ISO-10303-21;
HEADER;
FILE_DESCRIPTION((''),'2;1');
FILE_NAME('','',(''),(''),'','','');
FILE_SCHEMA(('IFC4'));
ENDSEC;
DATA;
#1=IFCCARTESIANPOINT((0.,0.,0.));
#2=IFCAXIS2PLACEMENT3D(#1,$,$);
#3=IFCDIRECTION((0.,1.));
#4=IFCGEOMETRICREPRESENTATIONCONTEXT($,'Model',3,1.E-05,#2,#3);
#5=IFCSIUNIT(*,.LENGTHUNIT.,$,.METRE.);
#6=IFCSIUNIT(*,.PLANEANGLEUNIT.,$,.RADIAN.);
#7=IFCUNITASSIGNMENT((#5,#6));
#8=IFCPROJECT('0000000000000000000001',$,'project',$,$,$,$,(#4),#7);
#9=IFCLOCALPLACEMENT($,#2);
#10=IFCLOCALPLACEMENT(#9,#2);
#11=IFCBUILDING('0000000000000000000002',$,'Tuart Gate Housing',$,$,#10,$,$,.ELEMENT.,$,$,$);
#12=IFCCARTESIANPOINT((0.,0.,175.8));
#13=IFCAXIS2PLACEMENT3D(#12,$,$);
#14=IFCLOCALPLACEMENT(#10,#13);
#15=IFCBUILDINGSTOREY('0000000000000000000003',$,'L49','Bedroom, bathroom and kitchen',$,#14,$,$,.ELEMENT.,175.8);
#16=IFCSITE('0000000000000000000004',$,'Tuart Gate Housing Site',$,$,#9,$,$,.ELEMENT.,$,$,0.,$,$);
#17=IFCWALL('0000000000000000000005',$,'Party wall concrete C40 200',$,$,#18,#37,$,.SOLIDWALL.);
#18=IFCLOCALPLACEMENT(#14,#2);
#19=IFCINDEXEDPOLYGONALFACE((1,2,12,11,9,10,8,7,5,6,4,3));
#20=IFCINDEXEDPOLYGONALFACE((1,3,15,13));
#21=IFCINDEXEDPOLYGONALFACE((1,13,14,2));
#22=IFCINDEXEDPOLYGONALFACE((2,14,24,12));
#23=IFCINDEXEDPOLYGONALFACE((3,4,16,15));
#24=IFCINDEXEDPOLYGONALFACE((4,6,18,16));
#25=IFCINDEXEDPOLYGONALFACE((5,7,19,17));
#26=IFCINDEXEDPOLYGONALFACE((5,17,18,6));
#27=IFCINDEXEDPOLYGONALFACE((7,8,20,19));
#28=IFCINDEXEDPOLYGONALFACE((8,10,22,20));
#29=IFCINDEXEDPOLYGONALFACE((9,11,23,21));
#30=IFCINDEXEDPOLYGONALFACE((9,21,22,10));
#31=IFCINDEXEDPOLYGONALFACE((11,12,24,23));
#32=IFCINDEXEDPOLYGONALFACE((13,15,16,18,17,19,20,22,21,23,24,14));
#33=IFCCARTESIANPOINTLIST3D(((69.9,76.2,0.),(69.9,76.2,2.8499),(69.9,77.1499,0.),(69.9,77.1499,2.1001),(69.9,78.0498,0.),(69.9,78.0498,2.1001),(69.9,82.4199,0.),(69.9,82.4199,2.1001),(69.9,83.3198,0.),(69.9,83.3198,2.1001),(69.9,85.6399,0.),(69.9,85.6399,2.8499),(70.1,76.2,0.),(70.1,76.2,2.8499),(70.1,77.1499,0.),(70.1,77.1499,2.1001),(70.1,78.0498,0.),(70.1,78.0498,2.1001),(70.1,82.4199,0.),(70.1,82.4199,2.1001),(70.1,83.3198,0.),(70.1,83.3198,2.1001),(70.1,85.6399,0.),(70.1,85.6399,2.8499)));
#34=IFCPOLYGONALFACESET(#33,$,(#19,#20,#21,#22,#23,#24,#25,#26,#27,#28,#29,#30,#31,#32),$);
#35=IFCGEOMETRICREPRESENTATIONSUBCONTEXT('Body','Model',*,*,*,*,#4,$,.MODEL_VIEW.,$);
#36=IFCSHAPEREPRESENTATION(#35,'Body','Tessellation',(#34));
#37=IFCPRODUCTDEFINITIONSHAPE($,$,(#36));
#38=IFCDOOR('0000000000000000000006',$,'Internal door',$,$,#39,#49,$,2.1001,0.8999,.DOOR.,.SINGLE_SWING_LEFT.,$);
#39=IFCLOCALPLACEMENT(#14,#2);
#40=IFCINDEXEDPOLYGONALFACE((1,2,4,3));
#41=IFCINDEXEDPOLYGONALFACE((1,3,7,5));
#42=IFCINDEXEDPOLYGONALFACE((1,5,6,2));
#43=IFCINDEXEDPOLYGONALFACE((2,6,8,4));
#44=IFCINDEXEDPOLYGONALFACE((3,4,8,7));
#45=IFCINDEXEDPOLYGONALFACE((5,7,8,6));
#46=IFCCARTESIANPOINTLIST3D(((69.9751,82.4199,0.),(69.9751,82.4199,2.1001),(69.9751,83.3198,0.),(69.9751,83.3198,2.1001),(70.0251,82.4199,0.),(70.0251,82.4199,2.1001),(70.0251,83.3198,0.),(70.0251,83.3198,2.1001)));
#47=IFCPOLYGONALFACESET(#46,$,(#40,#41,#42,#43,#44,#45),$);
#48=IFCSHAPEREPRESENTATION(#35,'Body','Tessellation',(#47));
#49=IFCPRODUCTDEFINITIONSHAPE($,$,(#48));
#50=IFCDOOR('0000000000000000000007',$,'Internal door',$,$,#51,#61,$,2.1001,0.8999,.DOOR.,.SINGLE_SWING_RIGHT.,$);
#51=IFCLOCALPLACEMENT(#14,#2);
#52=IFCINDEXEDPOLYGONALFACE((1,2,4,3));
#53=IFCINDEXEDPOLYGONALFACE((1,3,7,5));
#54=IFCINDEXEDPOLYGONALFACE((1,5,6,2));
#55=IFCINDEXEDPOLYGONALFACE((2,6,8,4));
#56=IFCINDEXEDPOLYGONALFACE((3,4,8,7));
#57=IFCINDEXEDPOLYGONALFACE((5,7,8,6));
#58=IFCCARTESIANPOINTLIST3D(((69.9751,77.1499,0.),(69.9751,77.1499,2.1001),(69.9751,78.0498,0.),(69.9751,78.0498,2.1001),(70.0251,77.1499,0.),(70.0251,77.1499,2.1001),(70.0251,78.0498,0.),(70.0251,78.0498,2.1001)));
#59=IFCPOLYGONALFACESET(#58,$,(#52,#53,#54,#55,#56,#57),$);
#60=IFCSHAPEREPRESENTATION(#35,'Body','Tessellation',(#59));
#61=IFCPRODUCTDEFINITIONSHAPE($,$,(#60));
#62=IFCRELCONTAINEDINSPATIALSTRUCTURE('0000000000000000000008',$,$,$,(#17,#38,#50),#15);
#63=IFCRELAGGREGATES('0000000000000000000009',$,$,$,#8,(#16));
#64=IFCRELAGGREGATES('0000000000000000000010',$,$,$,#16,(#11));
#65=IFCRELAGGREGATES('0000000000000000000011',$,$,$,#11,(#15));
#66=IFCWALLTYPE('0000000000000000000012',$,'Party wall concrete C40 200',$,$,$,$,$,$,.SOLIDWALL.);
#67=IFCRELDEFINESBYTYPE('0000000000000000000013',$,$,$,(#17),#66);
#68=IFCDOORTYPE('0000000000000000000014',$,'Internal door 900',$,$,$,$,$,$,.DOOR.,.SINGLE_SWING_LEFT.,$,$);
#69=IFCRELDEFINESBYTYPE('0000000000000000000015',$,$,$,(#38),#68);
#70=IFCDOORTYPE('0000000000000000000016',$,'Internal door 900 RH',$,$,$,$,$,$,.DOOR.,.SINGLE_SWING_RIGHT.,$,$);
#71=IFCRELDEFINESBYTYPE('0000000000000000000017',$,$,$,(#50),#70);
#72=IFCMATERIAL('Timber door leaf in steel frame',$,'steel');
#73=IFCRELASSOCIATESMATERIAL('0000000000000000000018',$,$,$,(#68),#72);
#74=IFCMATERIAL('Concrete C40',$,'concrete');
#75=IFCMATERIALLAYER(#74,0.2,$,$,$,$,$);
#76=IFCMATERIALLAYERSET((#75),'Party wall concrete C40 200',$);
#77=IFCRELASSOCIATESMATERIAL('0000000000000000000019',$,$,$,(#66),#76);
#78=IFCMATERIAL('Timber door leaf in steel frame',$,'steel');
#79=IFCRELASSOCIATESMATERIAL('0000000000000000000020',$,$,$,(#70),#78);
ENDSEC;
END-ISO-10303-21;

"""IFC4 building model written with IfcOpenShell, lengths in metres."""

from ifc_helpers import new_model, si_unit, direction, frame, frame_2d, origin, place, context, subcontext, project, spatial, rectangle, extrude, material, layer, layer_set, type_object, element, fill, save


model = new_model("IFC4")

# Units and contexts
model_context = context("Model", 3, precision=1e-05, world=origin(), true_north=direction((0.0, 1.0)))
body_context = subcontext(model_context, "Body", "Model", "MODEL_VIEW")
ifc_project = project(units=[si_unit("LENGTHUNIT", "METRE"), si_unit("PLANEANGLEUNIT", "RADIAN")], contexts=[model_context])

# Site, building, storey
site_placement = place(None, origin())
site = spatial("IfcSite", under=ifc_project, at=site_placement, Name="Tuart Gate Housing Site", CompositionType="ELEMENT", RefElevation=0.0)
building_placement = place(site_placement, origin())
building = spatial("IfcBuilding", under=site, at=building_placement, Name="Tuart Gate Housing", CompositionType="ELEMENT")
storey_placement = place(building_placement, frame((0.0, 0.0, 175.8)))
storey = spatial("IfcBuildingStorey", under=building, at=storey_placement, Name="L49", Description="Bedroom, bathroom and kitchen", CompositionType="ELEMENT", Elevation=175.8)

# Shared definitions
ifc_material_1 = material(Name="Timber door leaf in steel frame", Category="steel")
door_type_1 = type_object("IfcDoorType", Name="Internal door 900", OperationType="SINGLE_SWING_LEFT", PredefinedType="DOOR", material=ifc_material_1)

# Shared definitions
ifc_material_2 = material(Name="Concrete C40", Category="concrete")
ifc_layer_1 = layer(ifc_material_2, 0.2)
ifc_layer_set_1 = layer_set([ifc_layer_1], Name="Party wall concrete C40 200")
wall_type_1 = type_object("IfcWallType", Name="Party wall concrete C40 200", PredefinedType="SOLIDWALL", material=ifc_layer_set_1)

# Wall, openings, doors
wall_1_placement = place(storey_placement, frame((70.0, 76.2, 0.0), z_axis=(0.0, 0.0, 1.0), x_axis=(0.0, 1.0, 0.0)))
wall_1 = element("IfcWall", 1, at=wall_1_placement, inside=storey, type_object=wall_type_1, Name="Party wall concrete C40 200", PredefinedType="SOLIDWALL", context=body_context, shape_type="SweptSolid", body=[
    extrude(rectangle(XDim=9.4399, YDim=0.2, at=frame_2d((4.72, 0.0))), origin(), (0.0, 0.0, 1.0), 2.8499),
])
opening_1_placement = place(wall_1_placement, frame((6.22, 0.0, 0.0)))
opening_1 = element("IfcOpeningElement", 2, at=opening_1_placement, cuts=wall_1, PredefinedType="OPENING", context=body_context, shape_type="SweptSolid", body=[
    extrude(rectangle(XDim=0.8999, YDim=2.1001, at=frame_2d((0.45, 1.05))), frame((0.0, 0.1099, 0.0), z_axis=(0.0, -1.0, 0.0), x_axis=(1.0, 0.0, 0.0)), (0.0, 0.0, 1.0), 0.22),
])
opening_2_placement = place(wall_1_placement, frame((0.95, 0.0, 0.0)))
opening_2 = element("IfcOpeningElement", 3, at=opening_2_placement, cuts=wall_1, PredefinedType="OPENING", context=body_context, shape_type="SweptSolid", body=[
    extrude(rectangle(XDim=0.8999, YDim=2.1001, at=frame_2d((0.45, 1.05))), frame((0.0, 0.1099, 0.0), z_axis=(0.0, -1.0, 0.0), x_axis=(1.0, 0.0, 0.0)), (0.0, 0.0, 1.0), 0.22),
])
door_1_placement = place(opening_1_placement, frame((0.8999, 0.0, 0.0), z_axis=(0.0, 0.0, 1.0), x_axis=(-1.0, 0.0, 0.0)))
door_1 = element("IfcDoor", 4, at=door_1_placement, inside=storey, type_object=door_type_1, Name="Internal door", OperationType="SINGLE_SWING_LEFT", OverallHeight=2.1001, OverallWidth=0.8999, PredefinedType="DOOR", context=body_context, shape_type="SweptSolid", body=[
    extrude(rectangle(XDim=0.8999, YDim=2.1001, at=frame_2d((0.45, 1.05))), frame((0.0, 0.0251, 0.0), z_axis=(0.0, -1.0, 0.0), x_axis=(1.0, 0.0, 0.0)), (0.0, 0.0, 1.0), 0.05),
])
fill(opening_1, door_1)
ifc_material_3 = material(Name="Timber door leaf in steel frame", Category="steel")
door_type_2 = type_object("IfcDoorType", Name="Internal door 900 RH", OperationType="SINGLE_SWING_RIGHT", PredefinedType="DOOR", material=ifc_material_3)
door_2_placement = place(opening_2_placement, frame((0.8999, 0.0, 0.0), z_axis=(0.0, 0.0, 1.0), x_axis=(-1.0, 0.0, 0.0)))
door_2 = element("IfcDoor", 5, at=door_2_placement, inside=storey, type_object=door_type_2, Name="Internal door", OperationType="SINGLE_SWING_RIGHT", OverallHeight=2.1001, OverallWidth=0.8999, PredefinedType="DOOR", context=body_context, shape_type="SweptSolid", body=[
    extrude(rectangle(XDim=0.8999, YDim=2.1001, at=frame_2d((0.45, 1.05))), frame((0.0, 0.0251, 0.0), z_axis=(0.0, -1.0, 0.0), x_axis=(1.0, 0.0, 0.0)), (0.0, 0.0, 1.0), 0.05),
])
fill(opening_2, door_2)

save(model, "model.ifc")
